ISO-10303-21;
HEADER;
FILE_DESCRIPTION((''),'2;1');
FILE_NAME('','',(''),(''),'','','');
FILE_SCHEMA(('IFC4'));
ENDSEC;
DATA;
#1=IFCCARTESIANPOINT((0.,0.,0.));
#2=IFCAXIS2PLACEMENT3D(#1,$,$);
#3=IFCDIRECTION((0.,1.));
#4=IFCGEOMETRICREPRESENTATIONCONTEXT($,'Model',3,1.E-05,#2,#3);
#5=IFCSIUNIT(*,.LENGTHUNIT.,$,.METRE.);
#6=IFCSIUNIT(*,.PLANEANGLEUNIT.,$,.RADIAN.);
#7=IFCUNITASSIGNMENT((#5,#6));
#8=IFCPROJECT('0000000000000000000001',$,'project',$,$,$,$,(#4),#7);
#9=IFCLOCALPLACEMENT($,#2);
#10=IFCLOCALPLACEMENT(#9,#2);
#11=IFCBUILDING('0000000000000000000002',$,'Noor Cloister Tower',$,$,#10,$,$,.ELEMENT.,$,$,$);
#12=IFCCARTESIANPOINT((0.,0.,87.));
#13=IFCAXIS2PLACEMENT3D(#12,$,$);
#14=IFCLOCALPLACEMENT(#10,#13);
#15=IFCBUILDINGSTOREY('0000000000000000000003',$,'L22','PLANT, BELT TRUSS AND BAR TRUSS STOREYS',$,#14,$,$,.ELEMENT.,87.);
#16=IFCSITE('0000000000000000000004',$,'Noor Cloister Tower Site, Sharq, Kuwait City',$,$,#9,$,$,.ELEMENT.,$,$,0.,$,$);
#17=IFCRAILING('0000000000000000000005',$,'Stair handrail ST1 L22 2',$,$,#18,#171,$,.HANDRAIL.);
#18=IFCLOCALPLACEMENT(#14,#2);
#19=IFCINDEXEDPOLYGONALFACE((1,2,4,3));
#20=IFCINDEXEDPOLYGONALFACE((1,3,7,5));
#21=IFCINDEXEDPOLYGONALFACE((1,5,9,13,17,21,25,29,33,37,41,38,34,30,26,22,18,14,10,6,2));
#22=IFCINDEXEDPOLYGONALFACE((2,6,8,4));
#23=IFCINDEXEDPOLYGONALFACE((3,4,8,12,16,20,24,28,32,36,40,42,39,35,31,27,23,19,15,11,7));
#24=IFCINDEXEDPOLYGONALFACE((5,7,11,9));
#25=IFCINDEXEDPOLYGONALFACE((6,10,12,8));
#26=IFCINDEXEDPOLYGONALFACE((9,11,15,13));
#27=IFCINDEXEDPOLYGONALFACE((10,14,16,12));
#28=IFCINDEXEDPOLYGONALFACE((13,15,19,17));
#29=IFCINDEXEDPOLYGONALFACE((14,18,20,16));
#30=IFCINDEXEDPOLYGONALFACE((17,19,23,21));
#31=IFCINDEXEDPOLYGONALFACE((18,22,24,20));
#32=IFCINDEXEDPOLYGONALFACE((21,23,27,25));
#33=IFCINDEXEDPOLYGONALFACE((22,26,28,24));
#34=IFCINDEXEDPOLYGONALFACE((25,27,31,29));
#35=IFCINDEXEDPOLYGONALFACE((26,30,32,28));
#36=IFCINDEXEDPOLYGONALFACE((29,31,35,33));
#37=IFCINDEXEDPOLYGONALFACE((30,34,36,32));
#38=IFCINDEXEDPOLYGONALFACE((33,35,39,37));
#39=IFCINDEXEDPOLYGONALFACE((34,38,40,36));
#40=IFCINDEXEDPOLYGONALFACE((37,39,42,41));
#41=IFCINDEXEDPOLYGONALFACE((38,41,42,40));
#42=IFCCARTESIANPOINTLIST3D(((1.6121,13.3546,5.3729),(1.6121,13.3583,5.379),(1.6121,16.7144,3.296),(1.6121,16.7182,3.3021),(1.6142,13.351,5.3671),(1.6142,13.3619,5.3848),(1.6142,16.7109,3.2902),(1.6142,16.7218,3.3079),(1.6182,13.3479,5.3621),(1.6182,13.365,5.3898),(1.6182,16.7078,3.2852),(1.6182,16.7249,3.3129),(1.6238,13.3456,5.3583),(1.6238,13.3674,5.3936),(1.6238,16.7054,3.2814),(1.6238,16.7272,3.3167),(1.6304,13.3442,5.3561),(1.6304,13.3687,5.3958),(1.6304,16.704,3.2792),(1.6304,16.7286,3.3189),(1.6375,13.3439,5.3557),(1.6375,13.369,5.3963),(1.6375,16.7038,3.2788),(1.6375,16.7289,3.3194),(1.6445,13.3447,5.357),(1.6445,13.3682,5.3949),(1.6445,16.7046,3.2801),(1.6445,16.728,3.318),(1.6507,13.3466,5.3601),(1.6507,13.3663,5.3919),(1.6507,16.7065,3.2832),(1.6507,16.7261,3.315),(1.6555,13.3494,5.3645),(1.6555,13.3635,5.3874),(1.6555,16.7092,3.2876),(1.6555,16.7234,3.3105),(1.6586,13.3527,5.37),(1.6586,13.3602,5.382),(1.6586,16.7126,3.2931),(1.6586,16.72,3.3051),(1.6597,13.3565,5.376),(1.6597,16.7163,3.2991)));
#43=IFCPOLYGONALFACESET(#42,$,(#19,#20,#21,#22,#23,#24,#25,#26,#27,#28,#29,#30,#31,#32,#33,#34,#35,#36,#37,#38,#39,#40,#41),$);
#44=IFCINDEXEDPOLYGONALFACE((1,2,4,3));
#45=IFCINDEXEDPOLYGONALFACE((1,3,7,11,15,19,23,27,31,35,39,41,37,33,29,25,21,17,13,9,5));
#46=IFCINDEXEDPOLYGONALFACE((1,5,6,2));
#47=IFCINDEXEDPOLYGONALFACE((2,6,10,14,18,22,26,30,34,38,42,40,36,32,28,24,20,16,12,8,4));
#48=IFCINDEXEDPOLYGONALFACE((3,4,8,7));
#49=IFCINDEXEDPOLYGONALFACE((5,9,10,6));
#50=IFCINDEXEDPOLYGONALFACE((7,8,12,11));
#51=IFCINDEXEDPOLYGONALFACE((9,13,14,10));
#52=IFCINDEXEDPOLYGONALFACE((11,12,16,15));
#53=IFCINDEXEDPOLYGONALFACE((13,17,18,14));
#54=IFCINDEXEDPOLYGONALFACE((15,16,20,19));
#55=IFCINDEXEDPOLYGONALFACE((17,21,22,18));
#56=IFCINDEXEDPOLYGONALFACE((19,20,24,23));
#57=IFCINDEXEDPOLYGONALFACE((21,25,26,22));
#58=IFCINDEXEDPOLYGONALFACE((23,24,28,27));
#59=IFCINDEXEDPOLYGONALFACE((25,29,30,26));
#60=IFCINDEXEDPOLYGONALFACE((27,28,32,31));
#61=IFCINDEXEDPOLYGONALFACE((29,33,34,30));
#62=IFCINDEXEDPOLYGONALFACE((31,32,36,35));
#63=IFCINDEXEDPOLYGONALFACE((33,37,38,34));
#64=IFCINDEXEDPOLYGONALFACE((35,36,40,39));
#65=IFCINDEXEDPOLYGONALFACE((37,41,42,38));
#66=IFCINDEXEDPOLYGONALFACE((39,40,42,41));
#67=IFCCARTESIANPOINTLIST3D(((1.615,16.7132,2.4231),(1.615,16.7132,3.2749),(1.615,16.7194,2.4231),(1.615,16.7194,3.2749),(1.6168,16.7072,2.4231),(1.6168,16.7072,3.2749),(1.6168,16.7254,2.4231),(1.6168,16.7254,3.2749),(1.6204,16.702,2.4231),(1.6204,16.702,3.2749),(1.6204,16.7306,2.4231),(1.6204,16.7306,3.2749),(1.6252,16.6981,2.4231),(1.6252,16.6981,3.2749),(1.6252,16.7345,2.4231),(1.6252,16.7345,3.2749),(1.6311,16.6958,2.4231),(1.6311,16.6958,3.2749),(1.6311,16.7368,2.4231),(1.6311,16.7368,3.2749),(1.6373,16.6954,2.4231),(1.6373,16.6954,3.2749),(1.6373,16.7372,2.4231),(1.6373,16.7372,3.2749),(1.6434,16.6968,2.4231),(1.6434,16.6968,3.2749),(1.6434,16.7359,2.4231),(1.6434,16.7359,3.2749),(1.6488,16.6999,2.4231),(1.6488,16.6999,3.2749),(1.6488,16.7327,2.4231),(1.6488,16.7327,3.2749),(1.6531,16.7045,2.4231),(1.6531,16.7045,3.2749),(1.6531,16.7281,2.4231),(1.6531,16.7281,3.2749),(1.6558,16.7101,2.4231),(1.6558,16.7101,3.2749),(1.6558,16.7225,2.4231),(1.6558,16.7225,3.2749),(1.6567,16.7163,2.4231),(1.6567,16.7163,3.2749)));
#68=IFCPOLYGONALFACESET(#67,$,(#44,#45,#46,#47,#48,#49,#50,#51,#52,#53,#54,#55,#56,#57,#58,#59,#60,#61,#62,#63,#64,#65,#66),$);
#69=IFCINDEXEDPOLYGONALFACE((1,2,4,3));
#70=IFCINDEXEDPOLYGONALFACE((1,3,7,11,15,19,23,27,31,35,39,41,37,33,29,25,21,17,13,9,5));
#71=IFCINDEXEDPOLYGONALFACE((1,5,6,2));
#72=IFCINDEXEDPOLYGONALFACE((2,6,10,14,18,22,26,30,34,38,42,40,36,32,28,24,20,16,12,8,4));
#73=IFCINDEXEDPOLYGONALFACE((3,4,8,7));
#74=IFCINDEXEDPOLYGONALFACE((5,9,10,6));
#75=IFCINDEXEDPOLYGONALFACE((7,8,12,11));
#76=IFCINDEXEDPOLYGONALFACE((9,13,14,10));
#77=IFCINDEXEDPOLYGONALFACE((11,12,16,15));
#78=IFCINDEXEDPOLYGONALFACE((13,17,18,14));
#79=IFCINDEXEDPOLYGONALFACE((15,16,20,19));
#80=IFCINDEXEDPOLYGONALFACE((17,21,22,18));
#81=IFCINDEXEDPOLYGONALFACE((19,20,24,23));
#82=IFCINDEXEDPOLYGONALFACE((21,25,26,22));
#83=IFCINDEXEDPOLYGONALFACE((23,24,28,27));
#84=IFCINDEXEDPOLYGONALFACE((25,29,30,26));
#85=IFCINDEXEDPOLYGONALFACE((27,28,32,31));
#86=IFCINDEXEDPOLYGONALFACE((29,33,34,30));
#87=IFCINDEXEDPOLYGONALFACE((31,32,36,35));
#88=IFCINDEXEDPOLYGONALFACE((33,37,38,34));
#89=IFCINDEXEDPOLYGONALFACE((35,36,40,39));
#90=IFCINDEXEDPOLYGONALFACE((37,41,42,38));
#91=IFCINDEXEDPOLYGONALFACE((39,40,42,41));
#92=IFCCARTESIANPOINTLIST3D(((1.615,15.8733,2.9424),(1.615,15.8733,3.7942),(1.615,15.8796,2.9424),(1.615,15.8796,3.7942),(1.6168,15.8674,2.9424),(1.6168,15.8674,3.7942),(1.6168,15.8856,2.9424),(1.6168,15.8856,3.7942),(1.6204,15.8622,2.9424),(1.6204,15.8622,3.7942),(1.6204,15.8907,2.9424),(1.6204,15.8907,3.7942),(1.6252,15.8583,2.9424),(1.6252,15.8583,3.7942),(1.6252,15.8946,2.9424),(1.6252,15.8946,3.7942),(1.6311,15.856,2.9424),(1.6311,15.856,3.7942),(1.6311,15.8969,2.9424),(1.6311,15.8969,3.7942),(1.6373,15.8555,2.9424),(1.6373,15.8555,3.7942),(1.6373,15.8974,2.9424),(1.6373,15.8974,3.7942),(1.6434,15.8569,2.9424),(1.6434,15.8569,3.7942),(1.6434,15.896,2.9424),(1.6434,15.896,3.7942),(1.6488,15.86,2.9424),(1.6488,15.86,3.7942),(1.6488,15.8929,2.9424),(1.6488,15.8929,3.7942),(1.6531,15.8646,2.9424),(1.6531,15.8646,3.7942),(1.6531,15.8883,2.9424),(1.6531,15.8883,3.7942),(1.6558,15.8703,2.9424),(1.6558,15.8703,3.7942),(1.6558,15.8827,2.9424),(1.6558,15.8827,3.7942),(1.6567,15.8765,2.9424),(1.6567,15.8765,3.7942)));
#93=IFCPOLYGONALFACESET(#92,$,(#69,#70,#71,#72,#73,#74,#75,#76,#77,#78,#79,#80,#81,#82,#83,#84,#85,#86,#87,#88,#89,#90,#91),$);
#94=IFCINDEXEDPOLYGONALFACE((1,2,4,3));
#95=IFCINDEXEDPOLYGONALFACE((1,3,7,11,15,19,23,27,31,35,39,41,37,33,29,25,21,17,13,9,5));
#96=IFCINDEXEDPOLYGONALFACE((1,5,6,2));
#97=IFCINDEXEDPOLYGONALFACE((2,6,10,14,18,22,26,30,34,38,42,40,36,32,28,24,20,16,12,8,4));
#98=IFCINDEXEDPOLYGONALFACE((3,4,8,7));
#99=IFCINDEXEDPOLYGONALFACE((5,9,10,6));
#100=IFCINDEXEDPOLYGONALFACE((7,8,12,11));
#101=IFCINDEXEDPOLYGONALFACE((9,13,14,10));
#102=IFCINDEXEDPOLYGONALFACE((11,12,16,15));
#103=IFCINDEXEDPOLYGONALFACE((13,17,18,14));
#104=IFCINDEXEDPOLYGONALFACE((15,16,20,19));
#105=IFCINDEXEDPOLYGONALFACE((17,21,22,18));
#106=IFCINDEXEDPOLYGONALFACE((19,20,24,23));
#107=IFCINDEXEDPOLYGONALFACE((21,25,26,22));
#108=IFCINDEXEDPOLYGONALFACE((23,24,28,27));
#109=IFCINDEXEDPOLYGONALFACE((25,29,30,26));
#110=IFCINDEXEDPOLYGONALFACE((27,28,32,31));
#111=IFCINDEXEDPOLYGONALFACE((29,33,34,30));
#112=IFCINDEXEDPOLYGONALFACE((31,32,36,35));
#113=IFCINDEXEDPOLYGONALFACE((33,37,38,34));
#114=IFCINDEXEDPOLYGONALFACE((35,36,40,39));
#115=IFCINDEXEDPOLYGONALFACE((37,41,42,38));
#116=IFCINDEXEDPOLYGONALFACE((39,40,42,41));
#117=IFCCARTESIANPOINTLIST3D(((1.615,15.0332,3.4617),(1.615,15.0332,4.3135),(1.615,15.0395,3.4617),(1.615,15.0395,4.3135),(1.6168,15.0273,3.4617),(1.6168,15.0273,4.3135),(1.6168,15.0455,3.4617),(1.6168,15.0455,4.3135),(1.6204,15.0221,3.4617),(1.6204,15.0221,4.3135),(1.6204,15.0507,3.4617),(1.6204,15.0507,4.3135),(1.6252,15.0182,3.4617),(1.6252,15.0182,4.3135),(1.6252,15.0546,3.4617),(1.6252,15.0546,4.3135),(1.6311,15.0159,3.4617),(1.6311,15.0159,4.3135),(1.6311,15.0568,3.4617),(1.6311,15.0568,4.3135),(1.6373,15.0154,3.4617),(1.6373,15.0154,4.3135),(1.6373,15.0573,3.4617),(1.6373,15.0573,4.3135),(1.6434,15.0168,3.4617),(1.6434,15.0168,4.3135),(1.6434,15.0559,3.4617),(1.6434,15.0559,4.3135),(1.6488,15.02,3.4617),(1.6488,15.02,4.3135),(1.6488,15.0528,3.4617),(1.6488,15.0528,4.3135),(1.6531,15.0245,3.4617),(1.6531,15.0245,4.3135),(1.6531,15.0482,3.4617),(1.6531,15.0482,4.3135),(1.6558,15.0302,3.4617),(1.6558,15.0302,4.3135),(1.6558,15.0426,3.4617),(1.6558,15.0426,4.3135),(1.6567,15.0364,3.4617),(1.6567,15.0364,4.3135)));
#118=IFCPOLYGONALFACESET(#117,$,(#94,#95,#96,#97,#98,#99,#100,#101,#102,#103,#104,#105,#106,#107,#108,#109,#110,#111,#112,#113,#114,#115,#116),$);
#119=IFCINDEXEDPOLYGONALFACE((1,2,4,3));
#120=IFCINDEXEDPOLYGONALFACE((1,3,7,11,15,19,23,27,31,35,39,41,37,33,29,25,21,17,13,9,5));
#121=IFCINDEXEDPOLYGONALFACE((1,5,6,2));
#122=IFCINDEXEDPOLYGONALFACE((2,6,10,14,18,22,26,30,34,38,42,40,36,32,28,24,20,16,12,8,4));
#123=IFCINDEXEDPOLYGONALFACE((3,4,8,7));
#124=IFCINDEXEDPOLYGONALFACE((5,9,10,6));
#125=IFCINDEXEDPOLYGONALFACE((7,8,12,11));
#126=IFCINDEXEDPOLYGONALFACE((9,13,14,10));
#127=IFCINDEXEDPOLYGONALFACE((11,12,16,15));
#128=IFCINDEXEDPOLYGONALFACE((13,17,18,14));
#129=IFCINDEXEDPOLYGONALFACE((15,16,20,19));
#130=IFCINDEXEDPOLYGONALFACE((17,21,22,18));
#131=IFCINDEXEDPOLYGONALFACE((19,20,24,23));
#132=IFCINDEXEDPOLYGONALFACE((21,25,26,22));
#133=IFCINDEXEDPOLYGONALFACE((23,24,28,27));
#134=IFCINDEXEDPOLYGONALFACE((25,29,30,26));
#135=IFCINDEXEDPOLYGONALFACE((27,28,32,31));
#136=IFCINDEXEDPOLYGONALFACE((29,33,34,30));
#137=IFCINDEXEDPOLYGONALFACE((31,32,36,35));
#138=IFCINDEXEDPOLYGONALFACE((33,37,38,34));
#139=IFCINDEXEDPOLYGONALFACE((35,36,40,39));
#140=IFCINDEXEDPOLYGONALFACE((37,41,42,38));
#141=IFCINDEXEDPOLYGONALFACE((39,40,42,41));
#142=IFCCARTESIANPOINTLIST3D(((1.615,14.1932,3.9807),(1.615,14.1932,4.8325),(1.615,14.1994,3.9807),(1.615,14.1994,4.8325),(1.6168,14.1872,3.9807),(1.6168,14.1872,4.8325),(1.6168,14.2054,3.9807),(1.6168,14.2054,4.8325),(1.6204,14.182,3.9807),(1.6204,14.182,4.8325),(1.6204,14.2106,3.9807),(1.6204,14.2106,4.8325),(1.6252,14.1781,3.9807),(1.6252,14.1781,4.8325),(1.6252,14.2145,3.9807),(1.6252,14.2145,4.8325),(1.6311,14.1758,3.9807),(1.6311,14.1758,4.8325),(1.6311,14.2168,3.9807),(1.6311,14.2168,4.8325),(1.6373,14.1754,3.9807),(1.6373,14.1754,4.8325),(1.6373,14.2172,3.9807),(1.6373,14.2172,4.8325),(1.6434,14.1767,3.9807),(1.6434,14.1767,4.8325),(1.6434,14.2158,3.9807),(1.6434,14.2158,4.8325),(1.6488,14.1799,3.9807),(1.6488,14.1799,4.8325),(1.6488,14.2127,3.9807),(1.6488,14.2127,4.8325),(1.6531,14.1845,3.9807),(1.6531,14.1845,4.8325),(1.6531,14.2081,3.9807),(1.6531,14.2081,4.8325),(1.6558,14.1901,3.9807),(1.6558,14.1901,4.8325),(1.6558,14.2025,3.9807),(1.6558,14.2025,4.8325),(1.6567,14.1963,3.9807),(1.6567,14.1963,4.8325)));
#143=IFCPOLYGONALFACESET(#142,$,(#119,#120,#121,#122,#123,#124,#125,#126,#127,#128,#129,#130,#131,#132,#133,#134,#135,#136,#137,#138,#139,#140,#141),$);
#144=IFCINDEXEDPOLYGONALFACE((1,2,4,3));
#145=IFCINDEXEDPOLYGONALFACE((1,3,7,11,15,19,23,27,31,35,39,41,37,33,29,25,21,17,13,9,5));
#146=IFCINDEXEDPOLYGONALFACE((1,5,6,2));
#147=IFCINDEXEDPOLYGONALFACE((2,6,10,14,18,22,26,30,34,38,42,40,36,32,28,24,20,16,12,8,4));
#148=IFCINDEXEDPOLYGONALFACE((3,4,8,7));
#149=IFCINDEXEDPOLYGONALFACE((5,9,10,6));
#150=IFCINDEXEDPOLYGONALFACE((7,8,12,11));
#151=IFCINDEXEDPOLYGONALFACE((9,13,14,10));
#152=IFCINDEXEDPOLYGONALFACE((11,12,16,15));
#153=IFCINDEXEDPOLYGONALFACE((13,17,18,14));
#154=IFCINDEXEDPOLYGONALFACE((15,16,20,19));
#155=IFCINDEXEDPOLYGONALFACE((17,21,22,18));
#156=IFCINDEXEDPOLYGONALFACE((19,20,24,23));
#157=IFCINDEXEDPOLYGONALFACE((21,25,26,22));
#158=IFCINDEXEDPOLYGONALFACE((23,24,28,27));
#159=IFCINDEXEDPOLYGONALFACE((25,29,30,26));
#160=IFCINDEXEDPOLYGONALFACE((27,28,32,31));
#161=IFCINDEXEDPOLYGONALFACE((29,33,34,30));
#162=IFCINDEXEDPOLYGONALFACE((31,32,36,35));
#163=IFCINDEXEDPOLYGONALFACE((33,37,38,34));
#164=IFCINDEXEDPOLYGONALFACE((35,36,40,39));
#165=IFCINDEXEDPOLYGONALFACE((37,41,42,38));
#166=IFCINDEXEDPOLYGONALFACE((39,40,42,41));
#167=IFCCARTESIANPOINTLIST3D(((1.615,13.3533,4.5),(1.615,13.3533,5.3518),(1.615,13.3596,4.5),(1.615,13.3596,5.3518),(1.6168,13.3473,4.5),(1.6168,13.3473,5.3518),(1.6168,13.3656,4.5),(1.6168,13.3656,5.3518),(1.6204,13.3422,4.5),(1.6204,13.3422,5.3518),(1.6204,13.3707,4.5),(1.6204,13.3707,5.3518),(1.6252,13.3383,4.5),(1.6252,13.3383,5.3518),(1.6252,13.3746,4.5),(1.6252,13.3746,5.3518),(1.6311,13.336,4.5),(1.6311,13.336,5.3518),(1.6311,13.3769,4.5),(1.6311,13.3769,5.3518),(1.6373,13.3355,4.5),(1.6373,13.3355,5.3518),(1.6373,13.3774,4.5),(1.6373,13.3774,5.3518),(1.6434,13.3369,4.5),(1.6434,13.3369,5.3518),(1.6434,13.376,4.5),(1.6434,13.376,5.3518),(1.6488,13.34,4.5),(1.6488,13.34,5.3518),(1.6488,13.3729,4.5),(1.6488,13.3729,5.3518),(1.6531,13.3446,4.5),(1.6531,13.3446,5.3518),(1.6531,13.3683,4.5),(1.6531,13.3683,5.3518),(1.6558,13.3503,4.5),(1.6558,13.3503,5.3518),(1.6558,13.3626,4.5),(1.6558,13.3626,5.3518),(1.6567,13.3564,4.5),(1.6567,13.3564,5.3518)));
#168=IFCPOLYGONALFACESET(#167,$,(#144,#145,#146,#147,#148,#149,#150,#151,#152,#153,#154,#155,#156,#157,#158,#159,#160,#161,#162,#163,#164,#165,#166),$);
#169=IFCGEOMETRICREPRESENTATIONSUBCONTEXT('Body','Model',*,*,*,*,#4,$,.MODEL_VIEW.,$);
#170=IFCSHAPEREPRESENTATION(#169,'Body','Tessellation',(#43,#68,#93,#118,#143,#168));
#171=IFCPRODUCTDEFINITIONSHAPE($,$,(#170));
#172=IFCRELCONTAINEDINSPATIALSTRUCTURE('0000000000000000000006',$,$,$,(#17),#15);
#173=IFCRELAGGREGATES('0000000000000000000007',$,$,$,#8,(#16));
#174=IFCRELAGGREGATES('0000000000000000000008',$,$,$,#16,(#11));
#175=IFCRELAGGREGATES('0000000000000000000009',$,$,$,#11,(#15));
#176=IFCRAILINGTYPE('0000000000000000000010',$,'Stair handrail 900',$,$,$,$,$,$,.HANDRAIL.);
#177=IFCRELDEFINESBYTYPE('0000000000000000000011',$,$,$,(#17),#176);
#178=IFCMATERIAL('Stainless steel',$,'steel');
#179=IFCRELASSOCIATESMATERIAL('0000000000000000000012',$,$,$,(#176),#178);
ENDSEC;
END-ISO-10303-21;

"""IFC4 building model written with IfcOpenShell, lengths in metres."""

from ifc_helpers import new_model, si_unit, direction, frame, origin, origin_2d, place, context, subcontext, project, spatial, circle, extrude, material, type_object, element, save


model = new_model("IFC4")

# Units and contexts
model_context = context("Model", 3, precision=1e-05, world=origin(), true_north=direction((0.0, 1.0)))
body_context = subcontext(model_context, "Body", "Model", "MODEL_VIEW")
ifc_project = project(units=[si_unit("LENGTHUNIT", "METRE"), si_unit("PLANEANGLEUNIT", "RADIAN")], contexts=[model_context])

# Site, building, storey
site_placement = place(None, origin())
site = spatial("IfcSite", under=ifc_project, at=site_placement, Name="Noor Cloister Tower Site, Sharq, Kuwait City", CompositionType="ELEMENT", RefElevation=0.0)
building_placement = place(site_placement, origin())
building = spatial("IfcBuilding", under=site, at=building_placement, Name="Noor Cloister Tower", CompositionType="ELEMENT")
storey_placement = place(building_placement, frame((0.0, 0.0, 87.0)))
storey = spatial("IfcBuildingStorey", under=building, at=storey_placement, Name="L22", Description="PLANT, BELT TRUSS AND BAR TRUSS STOREYS", CompositionType="ELEMENT", Elevation=87.0)

# Railing
ifc_material_1 = material(Name="Stainless steel", Category="steel")
railing_type = type_object("IfcRailingType", Name="Stair handrail 900", PredefinedType="HANDRAIL", material=ifc_material_1)
railing_placement = place(storey_placement, frame((1.6357, 16.7163, 2.4231)))
element("IfcRailing", 1, at=railing_placement, inside=storey, type_object=railing_type, Name="Stair handrail ST1 L22 2", PredefinedType="HANDRAIL", context=body_context, shape_type="SweptSolid", body=[
    extrude(circle(Radius=0.0239, at=origin_2d()), frame((0.0, 0.0, 0.876), z_axis=(0.0, -0.850606, 0.525803), x_axis=(1.0, 0.0, 0.0)), (0.0, 0.0, 1.0), 3.95),
    extrude(circle(Radius=0.021, at=origin_2d()), origin(), (0.0, 0.0, 1.0), 0.8518),
    extrude(circle(Radius=0.021, at=origin_2d()), frame((0.0, -0.8398, 0.5193)), (0.0, 0.0, 1.0), 0.8518),
    extrude(circle(Radius=0.021, at=origin_2d()), frame((0.0, -1.6799, 1.0386)), (0.0, 0.0, 1.0), 0.8518),
    extrude(circle(Radius=0.021, at=origin_2d()), frame((0.0, -2.52, 1.5576)), (0.0, 0.0, 1.0), 0.8518),
    extrude(circle(Radius=0.021, at=origin_2d()), frame((0.0, -3.3599, 2.0769)), (0.0, 0.0, 1.0), 0.8518),
])

save(model, "model.ifc")
